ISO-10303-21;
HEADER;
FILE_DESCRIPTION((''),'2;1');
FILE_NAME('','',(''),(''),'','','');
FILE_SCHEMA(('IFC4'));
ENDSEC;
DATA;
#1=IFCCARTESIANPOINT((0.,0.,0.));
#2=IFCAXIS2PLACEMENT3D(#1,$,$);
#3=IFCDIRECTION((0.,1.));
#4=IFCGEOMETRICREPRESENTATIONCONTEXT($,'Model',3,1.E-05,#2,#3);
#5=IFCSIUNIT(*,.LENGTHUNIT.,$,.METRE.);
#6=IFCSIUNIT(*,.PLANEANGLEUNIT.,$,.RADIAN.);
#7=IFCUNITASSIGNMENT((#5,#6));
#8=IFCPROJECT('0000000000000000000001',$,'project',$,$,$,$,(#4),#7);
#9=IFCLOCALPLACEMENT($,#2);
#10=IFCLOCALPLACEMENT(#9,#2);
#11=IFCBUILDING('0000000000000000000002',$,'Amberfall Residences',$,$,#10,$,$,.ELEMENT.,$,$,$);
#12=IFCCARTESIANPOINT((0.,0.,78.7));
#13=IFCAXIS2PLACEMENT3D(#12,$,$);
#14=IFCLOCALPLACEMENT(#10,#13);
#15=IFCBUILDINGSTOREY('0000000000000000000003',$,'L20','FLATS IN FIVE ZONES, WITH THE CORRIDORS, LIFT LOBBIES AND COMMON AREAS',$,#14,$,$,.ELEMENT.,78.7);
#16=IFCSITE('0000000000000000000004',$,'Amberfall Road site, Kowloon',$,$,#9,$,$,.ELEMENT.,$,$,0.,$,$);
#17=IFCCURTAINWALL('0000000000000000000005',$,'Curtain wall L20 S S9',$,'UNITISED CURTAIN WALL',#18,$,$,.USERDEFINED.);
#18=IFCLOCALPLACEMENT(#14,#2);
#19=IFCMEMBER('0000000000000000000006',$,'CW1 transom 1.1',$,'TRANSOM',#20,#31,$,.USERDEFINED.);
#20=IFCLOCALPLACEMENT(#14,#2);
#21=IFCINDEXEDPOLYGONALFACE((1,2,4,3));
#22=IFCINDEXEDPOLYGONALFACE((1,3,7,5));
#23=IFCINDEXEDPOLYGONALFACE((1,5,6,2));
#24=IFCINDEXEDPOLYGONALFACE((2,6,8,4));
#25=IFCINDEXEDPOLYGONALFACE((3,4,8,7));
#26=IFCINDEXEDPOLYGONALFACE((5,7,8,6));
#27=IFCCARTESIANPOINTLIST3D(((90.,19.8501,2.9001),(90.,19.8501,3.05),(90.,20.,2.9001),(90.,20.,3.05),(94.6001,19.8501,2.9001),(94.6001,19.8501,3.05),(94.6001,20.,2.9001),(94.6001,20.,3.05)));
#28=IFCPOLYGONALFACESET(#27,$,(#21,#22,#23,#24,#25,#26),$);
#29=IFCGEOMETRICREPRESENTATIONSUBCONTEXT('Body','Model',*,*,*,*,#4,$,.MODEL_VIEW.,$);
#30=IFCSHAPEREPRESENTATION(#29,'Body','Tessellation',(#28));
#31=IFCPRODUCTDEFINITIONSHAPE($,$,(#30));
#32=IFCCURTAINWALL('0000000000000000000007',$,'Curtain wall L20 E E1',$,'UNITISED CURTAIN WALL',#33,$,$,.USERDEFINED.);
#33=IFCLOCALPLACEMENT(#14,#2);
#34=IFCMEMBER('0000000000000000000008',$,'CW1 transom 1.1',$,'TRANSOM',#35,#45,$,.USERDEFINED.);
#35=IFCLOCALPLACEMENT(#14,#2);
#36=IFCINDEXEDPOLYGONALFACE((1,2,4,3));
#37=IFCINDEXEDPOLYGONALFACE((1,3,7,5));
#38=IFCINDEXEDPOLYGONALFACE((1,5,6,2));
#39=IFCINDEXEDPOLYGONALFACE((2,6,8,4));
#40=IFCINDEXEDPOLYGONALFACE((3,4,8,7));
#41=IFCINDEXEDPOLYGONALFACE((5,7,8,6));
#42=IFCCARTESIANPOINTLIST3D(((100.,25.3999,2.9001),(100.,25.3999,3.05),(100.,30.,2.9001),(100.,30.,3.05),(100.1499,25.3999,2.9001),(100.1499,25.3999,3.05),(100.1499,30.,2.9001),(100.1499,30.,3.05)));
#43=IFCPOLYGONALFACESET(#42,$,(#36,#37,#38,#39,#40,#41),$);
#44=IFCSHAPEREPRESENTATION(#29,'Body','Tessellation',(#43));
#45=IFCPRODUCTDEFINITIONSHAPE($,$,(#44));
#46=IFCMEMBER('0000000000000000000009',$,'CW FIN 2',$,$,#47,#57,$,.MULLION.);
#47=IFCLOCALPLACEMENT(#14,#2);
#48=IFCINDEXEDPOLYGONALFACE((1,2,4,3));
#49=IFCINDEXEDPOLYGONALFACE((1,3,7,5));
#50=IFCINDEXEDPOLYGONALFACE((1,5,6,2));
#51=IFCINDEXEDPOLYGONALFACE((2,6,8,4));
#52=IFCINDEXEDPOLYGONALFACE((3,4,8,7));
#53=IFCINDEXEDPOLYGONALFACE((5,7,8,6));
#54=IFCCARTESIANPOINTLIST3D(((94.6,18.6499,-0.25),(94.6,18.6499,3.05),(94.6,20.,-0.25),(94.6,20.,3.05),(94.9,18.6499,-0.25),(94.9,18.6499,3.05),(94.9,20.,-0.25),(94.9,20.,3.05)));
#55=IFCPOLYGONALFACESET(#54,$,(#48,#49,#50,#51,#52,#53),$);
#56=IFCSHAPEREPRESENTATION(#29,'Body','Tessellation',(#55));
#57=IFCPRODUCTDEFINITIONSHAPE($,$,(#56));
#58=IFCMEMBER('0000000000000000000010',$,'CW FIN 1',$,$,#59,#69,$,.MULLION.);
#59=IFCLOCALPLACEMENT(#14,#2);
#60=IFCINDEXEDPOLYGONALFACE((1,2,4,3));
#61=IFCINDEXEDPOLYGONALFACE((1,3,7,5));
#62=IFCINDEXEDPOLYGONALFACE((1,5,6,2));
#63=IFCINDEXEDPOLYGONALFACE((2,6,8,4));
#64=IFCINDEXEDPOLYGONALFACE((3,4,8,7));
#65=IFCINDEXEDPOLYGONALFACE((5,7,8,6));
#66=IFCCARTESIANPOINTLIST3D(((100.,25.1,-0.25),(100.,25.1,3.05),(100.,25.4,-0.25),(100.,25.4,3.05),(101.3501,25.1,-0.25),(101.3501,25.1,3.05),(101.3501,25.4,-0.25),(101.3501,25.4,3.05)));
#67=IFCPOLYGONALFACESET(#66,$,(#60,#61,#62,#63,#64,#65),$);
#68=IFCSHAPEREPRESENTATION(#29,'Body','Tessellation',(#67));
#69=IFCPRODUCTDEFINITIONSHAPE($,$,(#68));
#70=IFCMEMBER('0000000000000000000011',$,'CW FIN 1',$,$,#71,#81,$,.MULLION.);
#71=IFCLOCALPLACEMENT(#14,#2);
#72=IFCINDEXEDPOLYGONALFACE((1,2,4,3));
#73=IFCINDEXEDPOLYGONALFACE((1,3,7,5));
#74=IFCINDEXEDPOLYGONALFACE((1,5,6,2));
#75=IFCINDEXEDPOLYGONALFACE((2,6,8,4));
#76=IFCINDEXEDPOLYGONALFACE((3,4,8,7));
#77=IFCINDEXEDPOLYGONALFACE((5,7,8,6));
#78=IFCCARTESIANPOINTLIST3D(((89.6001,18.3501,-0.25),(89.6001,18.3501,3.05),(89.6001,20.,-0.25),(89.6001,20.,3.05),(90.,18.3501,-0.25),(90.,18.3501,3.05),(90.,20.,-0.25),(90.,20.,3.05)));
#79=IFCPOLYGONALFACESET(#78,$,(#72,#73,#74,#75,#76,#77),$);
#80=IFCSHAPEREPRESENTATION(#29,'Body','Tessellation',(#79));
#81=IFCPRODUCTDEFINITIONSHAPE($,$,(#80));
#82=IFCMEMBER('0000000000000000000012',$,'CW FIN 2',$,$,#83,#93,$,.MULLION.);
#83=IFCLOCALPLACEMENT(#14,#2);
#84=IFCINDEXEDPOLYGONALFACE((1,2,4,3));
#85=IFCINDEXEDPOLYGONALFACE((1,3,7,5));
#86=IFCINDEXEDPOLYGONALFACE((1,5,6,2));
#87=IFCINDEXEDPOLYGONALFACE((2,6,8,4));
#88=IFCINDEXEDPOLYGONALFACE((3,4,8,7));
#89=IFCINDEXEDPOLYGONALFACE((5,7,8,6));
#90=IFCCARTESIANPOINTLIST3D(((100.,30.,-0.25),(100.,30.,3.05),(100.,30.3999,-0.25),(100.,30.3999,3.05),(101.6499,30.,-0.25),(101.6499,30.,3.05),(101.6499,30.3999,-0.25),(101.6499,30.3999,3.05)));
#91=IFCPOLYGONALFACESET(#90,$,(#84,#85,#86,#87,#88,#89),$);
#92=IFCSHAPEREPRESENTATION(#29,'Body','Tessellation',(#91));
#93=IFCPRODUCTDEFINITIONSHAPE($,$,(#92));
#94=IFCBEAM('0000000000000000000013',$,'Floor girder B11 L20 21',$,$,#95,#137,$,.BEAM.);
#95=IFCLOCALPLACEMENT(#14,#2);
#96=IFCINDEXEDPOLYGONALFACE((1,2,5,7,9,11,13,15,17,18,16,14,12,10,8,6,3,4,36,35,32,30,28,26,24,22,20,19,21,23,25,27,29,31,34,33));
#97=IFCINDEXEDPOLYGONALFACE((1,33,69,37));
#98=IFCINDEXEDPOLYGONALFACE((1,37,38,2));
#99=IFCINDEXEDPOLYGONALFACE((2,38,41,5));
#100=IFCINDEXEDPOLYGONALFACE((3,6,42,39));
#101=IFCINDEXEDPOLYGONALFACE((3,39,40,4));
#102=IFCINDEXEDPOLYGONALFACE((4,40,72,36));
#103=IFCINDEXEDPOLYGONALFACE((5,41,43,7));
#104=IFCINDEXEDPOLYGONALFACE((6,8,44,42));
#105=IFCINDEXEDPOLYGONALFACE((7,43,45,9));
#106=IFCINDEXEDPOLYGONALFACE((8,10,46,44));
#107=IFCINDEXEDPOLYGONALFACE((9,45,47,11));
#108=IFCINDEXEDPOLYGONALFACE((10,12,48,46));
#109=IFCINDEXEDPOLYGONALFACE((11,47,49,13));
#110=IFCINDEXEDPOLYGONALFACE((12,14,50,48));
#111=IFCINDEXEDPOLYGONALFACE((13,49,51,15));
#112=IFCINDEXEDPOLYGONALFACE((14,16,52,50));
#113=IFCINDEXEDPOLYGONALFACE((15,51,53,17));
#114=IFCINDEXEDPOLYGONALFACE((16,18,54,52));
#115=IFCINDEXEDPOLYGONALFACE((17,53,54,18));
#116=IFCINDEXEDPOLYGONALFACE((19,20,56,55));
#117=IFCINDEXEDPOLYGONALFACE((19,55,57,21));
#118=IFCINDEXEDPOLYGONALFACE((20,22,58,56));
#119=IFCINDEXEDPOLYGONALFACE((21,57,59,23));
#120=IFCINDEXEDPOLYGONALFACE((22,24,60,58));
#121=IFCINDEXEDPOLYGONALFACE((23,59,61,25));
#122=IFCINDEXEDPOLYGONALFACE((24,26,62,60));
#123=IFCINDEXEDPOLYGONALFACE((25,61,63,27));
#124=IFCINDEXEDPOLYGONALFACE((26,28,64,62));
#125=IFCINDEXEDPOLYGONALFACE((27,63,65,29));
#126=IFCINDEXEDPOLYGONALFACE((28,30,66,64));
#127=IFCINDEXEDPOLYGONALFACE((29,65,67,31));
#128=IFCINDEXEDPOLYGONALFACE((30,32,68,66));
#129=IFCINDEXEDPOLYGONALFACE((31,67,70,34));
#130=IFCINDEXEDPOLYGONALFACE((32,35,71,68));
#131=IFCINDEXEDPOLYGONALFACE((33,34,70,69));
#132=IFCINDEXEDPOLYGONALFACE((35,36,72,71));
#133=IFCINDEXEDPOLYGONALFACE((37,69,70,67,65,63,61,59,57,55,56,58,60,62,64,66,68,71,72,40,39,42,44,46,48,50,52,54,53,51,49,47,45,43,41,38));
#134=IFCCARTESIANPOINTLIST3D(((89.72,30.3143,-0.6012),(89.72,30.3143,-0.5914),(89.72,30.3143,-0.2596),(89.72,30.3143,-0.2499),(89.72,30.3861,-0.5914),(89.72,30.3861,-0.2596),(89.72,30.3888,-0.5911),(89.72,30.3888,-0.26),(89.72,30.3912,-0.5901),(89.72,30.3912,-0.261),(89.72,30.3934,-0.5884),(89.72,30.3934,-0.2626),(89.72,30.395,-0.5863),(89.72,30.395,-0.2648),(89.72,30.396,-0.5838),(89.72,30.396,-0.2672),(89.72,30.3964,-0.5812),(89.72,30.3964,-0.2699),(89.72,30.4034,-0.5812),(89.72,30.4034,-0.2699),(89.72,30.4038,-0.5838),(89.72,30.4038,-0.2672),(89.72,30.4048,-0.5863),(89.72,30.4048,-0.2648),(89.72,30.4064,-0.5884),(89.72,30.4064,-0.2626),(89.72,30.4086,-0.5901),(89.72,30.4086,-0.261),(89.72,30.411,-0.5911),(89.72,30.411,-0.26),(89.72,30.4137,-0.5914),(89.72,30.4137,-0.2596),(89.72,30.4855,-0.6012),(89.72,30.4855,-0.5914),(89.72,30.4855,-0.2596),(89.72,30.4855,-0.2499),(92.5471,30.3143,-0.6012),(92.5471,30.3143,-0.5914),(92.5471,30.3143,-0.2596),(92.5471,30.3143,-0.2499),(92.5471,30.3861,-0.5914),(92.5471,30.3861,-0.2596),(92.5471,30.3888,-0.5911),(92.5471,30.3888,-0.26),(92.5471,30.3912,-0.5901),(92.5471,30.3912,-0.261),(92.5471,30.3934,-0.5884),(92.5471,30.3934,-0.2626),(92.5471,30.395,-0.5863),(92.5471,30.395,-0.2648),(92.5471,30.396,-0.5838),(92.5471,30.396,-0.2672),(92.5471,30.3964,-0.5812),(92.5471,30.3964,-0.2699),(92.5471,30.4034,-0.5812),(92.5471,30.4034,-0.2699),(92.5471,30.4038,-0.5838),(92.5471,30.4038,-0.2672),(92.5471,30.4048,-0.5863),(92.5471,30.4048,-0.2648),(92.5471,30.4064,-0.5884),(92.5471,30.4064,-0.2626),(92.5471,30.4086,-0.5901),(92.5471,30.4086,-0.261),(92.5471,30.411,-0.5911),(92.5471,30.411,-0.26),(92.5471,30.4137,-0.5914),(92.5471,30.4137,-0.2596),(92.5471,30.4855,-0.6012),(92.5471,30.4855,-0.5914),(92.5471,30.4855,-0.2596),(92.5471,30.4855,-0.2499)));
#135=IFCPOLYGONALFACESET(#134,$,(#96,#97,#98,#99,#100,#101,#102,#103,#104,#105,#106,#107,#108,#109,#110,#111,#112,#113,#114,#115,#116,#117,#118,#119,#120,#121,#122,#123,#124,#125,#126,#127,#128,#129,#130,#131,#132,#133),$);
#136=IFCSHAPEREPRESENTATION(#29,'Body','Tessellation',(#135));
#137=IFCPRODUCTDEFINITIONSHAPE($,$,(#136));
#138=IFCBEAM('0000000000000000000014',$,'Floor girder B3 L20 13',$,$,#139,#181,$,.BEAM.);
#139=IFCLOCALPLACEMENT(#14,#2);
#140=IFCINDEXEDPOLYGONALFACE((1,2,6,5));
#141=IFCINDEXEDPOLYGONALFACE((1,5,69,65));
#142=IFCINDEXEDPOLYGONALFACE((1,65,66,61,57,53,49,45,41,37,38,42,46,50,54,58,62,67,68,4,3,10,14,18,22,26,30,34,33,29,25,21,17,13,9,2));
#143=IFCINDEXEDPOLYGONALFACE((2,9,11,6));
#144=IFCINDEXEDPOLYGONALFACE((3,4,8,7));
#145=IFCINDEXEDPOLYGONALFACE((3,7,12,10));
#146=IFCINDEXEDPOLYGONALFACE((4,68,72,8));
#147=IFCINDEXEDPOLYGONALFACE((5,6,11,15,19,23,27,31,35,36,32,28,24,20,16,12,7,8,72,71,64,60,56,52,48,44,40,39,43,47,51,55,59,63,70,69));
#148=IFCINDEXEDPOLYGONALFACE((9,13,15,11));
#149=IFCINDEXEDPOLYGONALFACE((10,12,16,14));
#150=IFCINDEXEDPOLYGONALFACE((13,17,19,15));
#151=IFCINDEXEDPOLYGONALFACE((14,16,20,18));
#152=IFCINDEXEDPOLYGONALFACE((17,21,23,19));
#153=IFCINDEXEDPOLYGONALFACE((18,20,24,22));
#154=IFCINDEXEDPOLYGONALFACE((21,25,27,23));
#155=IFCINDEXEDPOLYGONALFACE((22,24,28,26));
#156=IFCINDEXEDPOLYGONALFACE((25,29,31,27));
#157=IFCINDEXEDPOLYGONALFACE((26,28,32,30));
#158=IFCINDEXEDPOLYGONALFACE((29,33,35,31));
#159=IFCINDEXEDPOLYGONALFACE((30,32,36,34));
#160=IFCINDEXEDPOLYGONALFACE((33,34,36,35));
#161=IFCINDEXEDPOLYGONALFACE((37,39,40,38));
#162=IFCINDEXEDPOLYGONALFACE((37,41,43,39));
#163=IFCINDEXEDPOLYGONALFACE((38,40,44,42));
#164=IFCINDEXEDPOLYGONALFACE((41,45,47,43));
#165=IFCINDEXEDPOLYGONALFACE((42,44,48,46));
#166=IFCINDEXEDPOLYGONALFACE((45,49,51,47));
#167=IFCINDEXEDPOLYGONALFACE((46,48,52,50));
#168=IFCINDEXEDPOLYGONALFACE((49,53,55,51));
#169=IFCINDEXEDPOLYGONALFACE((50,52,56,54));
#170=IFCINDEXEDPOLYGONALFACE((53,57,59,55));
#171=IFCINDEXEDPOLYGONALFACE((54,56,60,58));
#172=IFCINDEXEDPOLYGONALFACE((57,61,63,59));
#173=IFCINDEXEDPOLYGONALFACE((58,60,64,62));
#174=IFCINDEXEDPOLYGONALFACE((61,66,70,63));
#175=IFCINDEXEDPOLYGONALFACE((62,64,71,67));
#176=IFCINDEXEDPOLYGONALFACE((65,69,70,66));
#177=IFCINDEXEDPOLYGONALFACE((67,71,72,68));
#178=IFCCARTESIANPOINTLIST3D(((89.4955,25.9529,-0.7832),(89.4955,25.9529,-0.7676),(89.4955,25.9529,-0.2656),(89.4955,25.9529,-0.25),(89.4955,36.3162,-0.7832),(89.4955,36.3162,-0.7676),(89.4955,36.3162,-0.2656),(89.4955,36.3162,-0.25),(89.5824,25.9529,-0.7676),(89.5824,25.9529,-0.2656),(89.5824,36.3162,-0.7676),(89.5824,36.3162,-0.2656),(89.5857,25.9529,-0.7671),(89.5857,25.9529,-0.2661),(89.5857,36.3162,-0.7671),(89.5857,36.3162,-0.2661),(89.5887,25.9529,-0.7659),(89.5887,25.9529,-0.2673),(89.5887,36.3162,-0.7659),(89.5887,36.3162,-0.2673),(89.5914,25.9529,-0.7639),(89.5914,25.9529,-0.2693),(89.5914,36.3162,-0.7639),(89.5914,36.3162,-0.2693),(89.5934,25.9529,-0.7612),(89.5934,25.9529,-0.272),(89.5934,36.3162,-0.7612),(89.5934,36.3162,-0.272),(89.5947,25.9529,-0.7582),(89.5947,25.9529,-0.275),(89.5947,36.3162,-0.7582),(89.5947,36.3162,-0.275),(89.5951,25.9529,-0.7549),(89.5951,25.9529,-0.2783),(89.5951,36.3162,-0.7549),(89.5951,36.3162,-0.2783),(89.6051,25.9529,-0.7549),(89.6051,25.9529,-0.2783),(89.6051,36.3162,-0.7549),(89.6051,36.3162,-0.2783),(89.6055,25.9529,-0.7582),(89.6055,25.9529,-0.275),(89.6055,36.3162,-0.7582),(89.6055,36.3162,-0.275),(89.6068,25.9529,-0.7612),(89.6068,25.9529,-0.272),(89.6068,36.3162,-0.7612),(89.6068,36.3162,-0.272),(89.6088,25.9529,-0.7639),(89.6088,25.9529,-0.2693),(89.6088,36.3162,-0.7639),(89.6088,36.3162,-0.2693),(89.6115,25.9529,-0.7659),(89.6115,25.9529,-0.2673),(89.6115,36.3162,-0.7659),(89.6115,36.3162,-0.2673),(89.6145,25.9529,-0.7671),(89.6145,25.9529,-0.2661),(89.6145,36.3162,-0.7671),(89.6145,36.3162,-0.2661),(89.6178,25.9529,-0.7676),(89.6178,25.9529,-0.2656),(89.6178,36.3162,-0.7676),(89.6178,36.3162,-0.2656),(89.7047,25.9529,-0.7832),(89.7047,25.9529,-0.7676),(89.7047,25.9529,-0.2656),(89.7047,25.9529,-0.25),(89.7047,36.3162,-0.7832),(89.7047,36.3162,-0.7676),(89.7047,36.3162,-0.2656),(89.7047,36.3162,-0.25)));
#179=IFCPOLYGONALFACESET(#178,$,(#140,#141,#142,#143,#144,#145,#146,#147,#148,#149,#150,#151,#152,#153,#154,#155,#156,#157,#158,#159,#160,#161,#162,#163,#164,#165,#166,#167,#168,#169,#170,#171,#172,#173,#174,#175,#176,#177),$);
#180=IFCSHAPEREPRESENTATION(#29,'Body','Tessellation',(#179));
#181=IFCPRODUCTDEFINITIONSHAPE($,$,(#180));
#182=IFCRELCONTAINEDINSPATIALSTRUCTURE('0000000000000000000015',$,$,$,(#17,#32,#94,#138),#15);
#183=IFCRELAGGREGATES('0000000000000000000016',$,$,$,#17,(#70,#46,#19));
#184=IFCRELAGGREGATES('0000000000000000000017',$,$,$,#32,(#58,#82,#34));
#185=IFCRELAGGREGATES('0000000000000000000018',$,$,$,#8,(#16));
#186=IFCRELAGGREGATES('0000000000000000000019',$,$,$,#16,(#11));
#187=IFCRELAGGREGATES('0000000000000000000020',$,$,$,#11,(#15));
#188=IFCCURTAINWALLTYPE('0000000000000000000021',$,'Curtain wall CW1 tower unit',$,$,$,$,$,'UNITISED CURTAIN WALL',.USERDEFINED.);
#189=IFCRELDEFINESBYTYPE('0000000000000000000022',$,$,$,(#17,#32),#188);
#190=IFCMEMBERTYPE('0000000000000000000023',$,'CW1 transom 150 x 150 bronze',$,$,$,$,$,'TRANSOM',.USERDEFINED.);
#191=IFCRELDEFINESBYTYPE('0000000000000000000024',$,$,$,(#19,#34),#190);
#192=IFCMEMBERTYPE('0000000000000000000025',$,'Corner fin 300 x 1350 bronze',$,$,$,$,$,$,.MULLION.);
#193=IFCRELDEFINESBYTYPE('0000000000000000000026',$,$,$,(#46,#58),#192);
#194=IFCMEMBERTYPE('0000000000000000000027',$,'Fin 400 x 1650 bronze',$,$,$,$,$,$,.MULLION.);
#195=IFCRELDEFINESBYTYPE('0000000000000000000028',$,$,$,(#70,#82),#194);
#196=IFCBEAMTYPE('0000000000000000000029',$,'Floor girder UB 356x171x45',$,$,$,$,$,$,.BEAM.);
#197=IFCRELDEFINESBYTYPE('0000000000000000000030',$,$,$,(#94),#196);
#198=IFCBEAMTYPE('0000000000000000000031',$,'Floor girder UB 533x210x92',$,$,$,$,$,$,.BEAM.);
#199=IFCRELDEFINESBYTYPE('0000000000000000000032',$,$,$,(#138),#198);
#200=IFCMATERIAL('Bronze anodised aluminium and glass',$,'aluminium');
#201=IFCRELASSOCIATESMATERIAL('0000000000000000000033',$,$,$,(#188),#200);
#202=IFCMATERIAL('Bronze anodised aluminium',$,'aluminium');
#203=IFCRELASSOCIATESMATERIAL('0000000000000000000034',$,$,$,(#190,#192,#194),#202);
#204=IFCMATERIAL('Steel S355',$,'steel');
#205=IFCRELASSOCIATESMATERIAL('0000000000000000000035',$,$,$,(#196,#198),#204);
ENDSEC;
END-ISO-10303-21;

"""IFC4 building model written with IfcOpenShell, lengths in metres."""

from ifc_helpers import new_model, si_unit, direction, frame, origin, origin_2d, place, context, subcontext, project, spatial, rectangle, i_section, extrude, material, material_profile, profile_set, type_object, element, aggregate, save


model = new_model("IFC4")

# Units and contexts
model_context = context("Model", 3, precision=1e-05, world=origin(), true_north=direction((0.0, 1.0)))
body_context = subcontext(model_context, "Body", "Model", "MODEL_VIEW")
ifc_project = project(units=[si_unit("LENGTHUNIT", "METRE"), si_unit("PLANEANGLEUNIT", "RADIAN")], contexts=[model_context])

# Site, building, storey
site_placement = place(None, origin())
site = spatial("IfcSite", under=ifc_project, at=site_placement, Name="Amberfall Road site, Kowloon", CompositionType="ELEMENT", RefElevation=0.0)
building_placement = place(site_placement, origin())
building = spatial("IfcBuilding", under=site, at=building_placement, Name="Amberfall Residences", CompositionType="ELEMENT")
storey_placement = place(building_placement, frame((0.0, 0.0, 78.7)))
storey = spatial("IfcBuildingStorey", under=building, at=storey_placement, Name="L20", Description="FLATS IN FIVE ZONES, WITH THE CORRIDORS, LIFT LOBBIES AND COMMON AREAS", CompositionType="ELEMENT", Elevation=78.7)

# Shared definitions
ifc_material_1 = material(Name="Steel S355", Category="steel")

# Curtain walls, members
ifc_material_2 = material(Name="Bronze anodised aluminium and glass", Category="aluminium")
curtain_wall_type = type_object("IfcCurtainWallType", Name="Curtain wall CW1 tower unit", ElementType="UNITISED CURTAIN WALL", PredefinedType="USERDEFINED", material=ifc_material_2)
curtain_wall_1_placement = place(storey_placement, origin())
curtain_wall_1 = element("IfcCurtainWall", 1, at=curtain_wall_1_placement, inside=storey, type_object=curtain_wall_type, Name="Curtain wall L20 S S9", ObjectType="UNITISED CURTAIN WALL", PredefinedType="USERDEFINED")
ifc_material_3 = material(Name="Bronze anodised aluminium", Category="aluminium")
ifc_material_profile_1 = material_profile(ifc_material_3, rectangle(XDim=0.1499, YDim=0.1499, at=origin_2d()), Name="CW1 transom 150 x 150 bronze")
ifc_profile_set_1 = profile_set([ifc_material_profile_1], Name="Bronze anodised aluminium")
member_type_1 = type_object("IfcMemberType", Name="CW1 transom 150 x 150 bronze", ElementType="TRANSOM", PredefinedType="USERDEFINED", material=ifc_profile_set_1)
member_1_placement = place(storey_placement, frame((90.0, 19.925, 2.9751), z_axis=(1.0, 0.0, 0.0), x_axis=(0.0, 1.0, 0.0)))
member_1 = element("IfcMember", 2, at=member_1_placement, type_object=member_type_1, Name="CW1 transom 1.1", ObjectType="TRANSOM", PredefinedType="USERDEFINED", context=body_context, shape_type="SweptSolid", body=[
    extrude(rectangle(XDim=0.1499, YDim=0.1499, at=origin_2d()), origin(), (0.0, 0.0, 1.0), 4.6001),
])
curtain_wall_2_placement = place(storey_placement, origin())
curtain_wall_2 = element("IfcCurtainWall", 3, at=curtain_wall_2_placement, inside=storey, type_object=curtain_wall_type, Name="Curtain wall L20 E E1", ObjectType="UNITISED CURTAIN WALL", PredefinedType="USERDEFINED")
member_2_placement = place(storey_placement, frame((100.075, 25.3999, 2.9751), z_axis=(0.0, 1.0, 0.0), x_axis=(-1.0, 0.0, 0.0)))
member_2 = element("IfcMember", 4, at=member_2_placement, type_object=member_type_1, Name="CW1 transom 1.1", ObjectType="TRANSOM", PredefinedType="USERDEFINED", context=body_context, shape_type="SweptSolid", body=[
    extrude(rectangle(XDim=0.1499, YDim=0.1499, at=origin_2d()), origin(), (0.0, 0.0, 1.0), 4.6001),
])

# Members
ifc_material_profile_2 = material_profile(ifc_material_3, rectangle(XDim=1.3501, YDim=0.3, at=origin_2d()), Name="Corner fin 300 x 1350 bronze")
ifc_profile_set_2 = profile_set([ifc_material_profile_2], Name="Bronze anodised aluminium")
member_type_2 = type_object("IfcMemberType", Name="Corner fin 300 x 1350 bronze", PredefinedType="MULLION", material=ifc_profile_set_2)
member_3_placement = place(storey_placement, frame((94.75, 19.325, -0.25), z_axis=(0.0, 0.0, 1.0), x_axis=(0.0, 1.0, 0.0)))
member_3 = element("IfcMember", 5, at=member_3_placement, type_object=member_type_2, Name="CW FIN 2", PredefinedType="MULLION", context=body_context, shape_type="SweptSolid", body=[
    extrude(rectangle(XDim=1.3501, YDim=0.3, at=origin_2d()), origin(), (0.0, 0.0, 1.0), 3.3),
])
member_4_placement = place(storey_placement, frame((100.675, 25.25, -0.25), z_axis=(0.0, 0.0, 1.0), x_axis=(-1.0, 0.0, 0.0)))
member_4 = element("IfcMember", 6, at=member_4_placement, type_object=member_type_2, Name="CW FIN 1", PredefinedType="MULLION", context=body_context, shape_type="SweptSolid", body=[
    extrude(rectangle(XDim=1.3501, YDim=0.3, at=origin_2d()), origin(), (0.0, 0.0, 1.0), 3.3),
])
ifc_material_profile_3 = material_profile(ifc_material_3, rectangle(XDim=1.6499, YDim=0.3999, at=origin_2d()), Name="Fin 400 x 1650 bronze")
ifc_profile_set_3 = profile_set([ifc_material_profile_3], Name="Bronze anodised aluminium")
member_type_3 = type_object("IfcMemberType", Name="Fin 400 x 1650 bronze", PredefinedType="MULLION", material=ifc_profile_set_3)
member_5_placement = place(storey_placement, frame((89.8, 19.175, -0.25), z_axis=(0.0, 0.0, 1.0), x_axis=(0.0, 1.0, 0.0)))
member_5 = element("IfcMember", 7, at=member_5_placement, type_object=member_type_3, Name="CW FIN 1", PredefinedType="MULLION", context=body_context, shape_type="SweptSolid", body=[
    extrude(rectangle(XDim=1.6499, YDim=0.3999, at=origin_2d()), origin(), (0.0, 0.0, 1.0), 3.3),
])
member_6_placement = place(storey_placement, frame((100.825, 30.2, -0.25), z_axis=(0.0, 0.0, 1.0), x_axis=(-1.0, 0.0, 0.0)))
member_6 = element("IfcMember", 8, at=member_6_placement, type_object=member_type_3, Name="CW FIN 2", PredefinedType="MULLION", context=body_context, shape_type="SweptSolid", body=[
    extrude(rectangle(XDim=1.6499, YDim=0.3999, at=origin_2d()), origin(), (0.0, 0.0, 1.0), 3.3),
])

# Beams
ifc_material_profile_4 = material_profile(ifc_material_1, i_section(OverallWidth=0.1711, OverallDepth=0.3513, WebThickness=0.0071, FlangeThickness=0.0098, FilletRadius=0.0103, at=origin_2d()), Name="UB 356x171x45")
ifc_profile_set_4 = profile_set([ifc_material_profile_4], Name="Steel S355")
beam_type_1 = type_object("IfcBeamType", Name="Floor girder UB 356x171x45", PredefinedType="BEAM", material=ifc_profile_set_4)
beam_1_placement = place(storey_placement, frame((92.5471, 30.3999, -0.4255), z_axis=(-1.0, 0.0, 0.0), x_axis=(0.0, -1.0, 0.0)))
element("IfcBeam", 9, at=beam_1_placement, inside=storey, type_object=beam_type_1, Name="Floor girder B11 L20 21", PredefinedType="BEAM", context=body_context, shape_type="SweptSolid", body=[
    extrude(i_section(OverallWidth=0.1711, OverallDepth=0.3513, WebThickness=0.0071, FlangeThickness=0.0098, FilletRadius=0.0103, at=origin_2d()), origin(), (0.0, 0.0, 1.0), 2.8271),
])
ifc_material_profile_5 = material_profile(ifc_material_1, i_section(OverallWidth=0.2092, OverallDepth=0.5332, WebThickness=0.01, FlangeThickness=0.0156, FilletRadius=0.0127, at=origin_2d()), Name="UB 533x210x92")
ifc_profile_set_5 = profile_set([ifc_material_profile_5], Name="Steel S355")
beam_type_2 = type_object("IfcBeamType", Name="Floor girder UB 533x210x92", PredefinedType="BEAM", material=ifc_profile_set_5)
beam_2_placement = place(storey_placement, frame((89.6001, 25.9529, -0.5166), z_axis=(0.0, 1.0, 0.0), x_axis=(-1.0, 0.0, 0.0)))
element("IfcBeam", 10, at=beam_2_placement, inside=storey, type_object=beam_type_2, Name="Floor girder B3 L20 13", PredefinedType="BEAM", context=body_context, shape_type="SweptSolid", body=[
    extrude(i_section(OverallWidth=0.2092, OverallDepth=0.5332, WebThickness=0.01, FlangeThickness=0.0156, FilletRadius=0.0127, at=origin_2d()), origin(), (0.0, 0.0, 1.0), 10.3633),
])

aggregate(curtain_wall_1, [member_5, member_3, member_1])
aggregate(curtain_wall_2, [member_4, member_6, member_2])

save(model, "model.ifc")
